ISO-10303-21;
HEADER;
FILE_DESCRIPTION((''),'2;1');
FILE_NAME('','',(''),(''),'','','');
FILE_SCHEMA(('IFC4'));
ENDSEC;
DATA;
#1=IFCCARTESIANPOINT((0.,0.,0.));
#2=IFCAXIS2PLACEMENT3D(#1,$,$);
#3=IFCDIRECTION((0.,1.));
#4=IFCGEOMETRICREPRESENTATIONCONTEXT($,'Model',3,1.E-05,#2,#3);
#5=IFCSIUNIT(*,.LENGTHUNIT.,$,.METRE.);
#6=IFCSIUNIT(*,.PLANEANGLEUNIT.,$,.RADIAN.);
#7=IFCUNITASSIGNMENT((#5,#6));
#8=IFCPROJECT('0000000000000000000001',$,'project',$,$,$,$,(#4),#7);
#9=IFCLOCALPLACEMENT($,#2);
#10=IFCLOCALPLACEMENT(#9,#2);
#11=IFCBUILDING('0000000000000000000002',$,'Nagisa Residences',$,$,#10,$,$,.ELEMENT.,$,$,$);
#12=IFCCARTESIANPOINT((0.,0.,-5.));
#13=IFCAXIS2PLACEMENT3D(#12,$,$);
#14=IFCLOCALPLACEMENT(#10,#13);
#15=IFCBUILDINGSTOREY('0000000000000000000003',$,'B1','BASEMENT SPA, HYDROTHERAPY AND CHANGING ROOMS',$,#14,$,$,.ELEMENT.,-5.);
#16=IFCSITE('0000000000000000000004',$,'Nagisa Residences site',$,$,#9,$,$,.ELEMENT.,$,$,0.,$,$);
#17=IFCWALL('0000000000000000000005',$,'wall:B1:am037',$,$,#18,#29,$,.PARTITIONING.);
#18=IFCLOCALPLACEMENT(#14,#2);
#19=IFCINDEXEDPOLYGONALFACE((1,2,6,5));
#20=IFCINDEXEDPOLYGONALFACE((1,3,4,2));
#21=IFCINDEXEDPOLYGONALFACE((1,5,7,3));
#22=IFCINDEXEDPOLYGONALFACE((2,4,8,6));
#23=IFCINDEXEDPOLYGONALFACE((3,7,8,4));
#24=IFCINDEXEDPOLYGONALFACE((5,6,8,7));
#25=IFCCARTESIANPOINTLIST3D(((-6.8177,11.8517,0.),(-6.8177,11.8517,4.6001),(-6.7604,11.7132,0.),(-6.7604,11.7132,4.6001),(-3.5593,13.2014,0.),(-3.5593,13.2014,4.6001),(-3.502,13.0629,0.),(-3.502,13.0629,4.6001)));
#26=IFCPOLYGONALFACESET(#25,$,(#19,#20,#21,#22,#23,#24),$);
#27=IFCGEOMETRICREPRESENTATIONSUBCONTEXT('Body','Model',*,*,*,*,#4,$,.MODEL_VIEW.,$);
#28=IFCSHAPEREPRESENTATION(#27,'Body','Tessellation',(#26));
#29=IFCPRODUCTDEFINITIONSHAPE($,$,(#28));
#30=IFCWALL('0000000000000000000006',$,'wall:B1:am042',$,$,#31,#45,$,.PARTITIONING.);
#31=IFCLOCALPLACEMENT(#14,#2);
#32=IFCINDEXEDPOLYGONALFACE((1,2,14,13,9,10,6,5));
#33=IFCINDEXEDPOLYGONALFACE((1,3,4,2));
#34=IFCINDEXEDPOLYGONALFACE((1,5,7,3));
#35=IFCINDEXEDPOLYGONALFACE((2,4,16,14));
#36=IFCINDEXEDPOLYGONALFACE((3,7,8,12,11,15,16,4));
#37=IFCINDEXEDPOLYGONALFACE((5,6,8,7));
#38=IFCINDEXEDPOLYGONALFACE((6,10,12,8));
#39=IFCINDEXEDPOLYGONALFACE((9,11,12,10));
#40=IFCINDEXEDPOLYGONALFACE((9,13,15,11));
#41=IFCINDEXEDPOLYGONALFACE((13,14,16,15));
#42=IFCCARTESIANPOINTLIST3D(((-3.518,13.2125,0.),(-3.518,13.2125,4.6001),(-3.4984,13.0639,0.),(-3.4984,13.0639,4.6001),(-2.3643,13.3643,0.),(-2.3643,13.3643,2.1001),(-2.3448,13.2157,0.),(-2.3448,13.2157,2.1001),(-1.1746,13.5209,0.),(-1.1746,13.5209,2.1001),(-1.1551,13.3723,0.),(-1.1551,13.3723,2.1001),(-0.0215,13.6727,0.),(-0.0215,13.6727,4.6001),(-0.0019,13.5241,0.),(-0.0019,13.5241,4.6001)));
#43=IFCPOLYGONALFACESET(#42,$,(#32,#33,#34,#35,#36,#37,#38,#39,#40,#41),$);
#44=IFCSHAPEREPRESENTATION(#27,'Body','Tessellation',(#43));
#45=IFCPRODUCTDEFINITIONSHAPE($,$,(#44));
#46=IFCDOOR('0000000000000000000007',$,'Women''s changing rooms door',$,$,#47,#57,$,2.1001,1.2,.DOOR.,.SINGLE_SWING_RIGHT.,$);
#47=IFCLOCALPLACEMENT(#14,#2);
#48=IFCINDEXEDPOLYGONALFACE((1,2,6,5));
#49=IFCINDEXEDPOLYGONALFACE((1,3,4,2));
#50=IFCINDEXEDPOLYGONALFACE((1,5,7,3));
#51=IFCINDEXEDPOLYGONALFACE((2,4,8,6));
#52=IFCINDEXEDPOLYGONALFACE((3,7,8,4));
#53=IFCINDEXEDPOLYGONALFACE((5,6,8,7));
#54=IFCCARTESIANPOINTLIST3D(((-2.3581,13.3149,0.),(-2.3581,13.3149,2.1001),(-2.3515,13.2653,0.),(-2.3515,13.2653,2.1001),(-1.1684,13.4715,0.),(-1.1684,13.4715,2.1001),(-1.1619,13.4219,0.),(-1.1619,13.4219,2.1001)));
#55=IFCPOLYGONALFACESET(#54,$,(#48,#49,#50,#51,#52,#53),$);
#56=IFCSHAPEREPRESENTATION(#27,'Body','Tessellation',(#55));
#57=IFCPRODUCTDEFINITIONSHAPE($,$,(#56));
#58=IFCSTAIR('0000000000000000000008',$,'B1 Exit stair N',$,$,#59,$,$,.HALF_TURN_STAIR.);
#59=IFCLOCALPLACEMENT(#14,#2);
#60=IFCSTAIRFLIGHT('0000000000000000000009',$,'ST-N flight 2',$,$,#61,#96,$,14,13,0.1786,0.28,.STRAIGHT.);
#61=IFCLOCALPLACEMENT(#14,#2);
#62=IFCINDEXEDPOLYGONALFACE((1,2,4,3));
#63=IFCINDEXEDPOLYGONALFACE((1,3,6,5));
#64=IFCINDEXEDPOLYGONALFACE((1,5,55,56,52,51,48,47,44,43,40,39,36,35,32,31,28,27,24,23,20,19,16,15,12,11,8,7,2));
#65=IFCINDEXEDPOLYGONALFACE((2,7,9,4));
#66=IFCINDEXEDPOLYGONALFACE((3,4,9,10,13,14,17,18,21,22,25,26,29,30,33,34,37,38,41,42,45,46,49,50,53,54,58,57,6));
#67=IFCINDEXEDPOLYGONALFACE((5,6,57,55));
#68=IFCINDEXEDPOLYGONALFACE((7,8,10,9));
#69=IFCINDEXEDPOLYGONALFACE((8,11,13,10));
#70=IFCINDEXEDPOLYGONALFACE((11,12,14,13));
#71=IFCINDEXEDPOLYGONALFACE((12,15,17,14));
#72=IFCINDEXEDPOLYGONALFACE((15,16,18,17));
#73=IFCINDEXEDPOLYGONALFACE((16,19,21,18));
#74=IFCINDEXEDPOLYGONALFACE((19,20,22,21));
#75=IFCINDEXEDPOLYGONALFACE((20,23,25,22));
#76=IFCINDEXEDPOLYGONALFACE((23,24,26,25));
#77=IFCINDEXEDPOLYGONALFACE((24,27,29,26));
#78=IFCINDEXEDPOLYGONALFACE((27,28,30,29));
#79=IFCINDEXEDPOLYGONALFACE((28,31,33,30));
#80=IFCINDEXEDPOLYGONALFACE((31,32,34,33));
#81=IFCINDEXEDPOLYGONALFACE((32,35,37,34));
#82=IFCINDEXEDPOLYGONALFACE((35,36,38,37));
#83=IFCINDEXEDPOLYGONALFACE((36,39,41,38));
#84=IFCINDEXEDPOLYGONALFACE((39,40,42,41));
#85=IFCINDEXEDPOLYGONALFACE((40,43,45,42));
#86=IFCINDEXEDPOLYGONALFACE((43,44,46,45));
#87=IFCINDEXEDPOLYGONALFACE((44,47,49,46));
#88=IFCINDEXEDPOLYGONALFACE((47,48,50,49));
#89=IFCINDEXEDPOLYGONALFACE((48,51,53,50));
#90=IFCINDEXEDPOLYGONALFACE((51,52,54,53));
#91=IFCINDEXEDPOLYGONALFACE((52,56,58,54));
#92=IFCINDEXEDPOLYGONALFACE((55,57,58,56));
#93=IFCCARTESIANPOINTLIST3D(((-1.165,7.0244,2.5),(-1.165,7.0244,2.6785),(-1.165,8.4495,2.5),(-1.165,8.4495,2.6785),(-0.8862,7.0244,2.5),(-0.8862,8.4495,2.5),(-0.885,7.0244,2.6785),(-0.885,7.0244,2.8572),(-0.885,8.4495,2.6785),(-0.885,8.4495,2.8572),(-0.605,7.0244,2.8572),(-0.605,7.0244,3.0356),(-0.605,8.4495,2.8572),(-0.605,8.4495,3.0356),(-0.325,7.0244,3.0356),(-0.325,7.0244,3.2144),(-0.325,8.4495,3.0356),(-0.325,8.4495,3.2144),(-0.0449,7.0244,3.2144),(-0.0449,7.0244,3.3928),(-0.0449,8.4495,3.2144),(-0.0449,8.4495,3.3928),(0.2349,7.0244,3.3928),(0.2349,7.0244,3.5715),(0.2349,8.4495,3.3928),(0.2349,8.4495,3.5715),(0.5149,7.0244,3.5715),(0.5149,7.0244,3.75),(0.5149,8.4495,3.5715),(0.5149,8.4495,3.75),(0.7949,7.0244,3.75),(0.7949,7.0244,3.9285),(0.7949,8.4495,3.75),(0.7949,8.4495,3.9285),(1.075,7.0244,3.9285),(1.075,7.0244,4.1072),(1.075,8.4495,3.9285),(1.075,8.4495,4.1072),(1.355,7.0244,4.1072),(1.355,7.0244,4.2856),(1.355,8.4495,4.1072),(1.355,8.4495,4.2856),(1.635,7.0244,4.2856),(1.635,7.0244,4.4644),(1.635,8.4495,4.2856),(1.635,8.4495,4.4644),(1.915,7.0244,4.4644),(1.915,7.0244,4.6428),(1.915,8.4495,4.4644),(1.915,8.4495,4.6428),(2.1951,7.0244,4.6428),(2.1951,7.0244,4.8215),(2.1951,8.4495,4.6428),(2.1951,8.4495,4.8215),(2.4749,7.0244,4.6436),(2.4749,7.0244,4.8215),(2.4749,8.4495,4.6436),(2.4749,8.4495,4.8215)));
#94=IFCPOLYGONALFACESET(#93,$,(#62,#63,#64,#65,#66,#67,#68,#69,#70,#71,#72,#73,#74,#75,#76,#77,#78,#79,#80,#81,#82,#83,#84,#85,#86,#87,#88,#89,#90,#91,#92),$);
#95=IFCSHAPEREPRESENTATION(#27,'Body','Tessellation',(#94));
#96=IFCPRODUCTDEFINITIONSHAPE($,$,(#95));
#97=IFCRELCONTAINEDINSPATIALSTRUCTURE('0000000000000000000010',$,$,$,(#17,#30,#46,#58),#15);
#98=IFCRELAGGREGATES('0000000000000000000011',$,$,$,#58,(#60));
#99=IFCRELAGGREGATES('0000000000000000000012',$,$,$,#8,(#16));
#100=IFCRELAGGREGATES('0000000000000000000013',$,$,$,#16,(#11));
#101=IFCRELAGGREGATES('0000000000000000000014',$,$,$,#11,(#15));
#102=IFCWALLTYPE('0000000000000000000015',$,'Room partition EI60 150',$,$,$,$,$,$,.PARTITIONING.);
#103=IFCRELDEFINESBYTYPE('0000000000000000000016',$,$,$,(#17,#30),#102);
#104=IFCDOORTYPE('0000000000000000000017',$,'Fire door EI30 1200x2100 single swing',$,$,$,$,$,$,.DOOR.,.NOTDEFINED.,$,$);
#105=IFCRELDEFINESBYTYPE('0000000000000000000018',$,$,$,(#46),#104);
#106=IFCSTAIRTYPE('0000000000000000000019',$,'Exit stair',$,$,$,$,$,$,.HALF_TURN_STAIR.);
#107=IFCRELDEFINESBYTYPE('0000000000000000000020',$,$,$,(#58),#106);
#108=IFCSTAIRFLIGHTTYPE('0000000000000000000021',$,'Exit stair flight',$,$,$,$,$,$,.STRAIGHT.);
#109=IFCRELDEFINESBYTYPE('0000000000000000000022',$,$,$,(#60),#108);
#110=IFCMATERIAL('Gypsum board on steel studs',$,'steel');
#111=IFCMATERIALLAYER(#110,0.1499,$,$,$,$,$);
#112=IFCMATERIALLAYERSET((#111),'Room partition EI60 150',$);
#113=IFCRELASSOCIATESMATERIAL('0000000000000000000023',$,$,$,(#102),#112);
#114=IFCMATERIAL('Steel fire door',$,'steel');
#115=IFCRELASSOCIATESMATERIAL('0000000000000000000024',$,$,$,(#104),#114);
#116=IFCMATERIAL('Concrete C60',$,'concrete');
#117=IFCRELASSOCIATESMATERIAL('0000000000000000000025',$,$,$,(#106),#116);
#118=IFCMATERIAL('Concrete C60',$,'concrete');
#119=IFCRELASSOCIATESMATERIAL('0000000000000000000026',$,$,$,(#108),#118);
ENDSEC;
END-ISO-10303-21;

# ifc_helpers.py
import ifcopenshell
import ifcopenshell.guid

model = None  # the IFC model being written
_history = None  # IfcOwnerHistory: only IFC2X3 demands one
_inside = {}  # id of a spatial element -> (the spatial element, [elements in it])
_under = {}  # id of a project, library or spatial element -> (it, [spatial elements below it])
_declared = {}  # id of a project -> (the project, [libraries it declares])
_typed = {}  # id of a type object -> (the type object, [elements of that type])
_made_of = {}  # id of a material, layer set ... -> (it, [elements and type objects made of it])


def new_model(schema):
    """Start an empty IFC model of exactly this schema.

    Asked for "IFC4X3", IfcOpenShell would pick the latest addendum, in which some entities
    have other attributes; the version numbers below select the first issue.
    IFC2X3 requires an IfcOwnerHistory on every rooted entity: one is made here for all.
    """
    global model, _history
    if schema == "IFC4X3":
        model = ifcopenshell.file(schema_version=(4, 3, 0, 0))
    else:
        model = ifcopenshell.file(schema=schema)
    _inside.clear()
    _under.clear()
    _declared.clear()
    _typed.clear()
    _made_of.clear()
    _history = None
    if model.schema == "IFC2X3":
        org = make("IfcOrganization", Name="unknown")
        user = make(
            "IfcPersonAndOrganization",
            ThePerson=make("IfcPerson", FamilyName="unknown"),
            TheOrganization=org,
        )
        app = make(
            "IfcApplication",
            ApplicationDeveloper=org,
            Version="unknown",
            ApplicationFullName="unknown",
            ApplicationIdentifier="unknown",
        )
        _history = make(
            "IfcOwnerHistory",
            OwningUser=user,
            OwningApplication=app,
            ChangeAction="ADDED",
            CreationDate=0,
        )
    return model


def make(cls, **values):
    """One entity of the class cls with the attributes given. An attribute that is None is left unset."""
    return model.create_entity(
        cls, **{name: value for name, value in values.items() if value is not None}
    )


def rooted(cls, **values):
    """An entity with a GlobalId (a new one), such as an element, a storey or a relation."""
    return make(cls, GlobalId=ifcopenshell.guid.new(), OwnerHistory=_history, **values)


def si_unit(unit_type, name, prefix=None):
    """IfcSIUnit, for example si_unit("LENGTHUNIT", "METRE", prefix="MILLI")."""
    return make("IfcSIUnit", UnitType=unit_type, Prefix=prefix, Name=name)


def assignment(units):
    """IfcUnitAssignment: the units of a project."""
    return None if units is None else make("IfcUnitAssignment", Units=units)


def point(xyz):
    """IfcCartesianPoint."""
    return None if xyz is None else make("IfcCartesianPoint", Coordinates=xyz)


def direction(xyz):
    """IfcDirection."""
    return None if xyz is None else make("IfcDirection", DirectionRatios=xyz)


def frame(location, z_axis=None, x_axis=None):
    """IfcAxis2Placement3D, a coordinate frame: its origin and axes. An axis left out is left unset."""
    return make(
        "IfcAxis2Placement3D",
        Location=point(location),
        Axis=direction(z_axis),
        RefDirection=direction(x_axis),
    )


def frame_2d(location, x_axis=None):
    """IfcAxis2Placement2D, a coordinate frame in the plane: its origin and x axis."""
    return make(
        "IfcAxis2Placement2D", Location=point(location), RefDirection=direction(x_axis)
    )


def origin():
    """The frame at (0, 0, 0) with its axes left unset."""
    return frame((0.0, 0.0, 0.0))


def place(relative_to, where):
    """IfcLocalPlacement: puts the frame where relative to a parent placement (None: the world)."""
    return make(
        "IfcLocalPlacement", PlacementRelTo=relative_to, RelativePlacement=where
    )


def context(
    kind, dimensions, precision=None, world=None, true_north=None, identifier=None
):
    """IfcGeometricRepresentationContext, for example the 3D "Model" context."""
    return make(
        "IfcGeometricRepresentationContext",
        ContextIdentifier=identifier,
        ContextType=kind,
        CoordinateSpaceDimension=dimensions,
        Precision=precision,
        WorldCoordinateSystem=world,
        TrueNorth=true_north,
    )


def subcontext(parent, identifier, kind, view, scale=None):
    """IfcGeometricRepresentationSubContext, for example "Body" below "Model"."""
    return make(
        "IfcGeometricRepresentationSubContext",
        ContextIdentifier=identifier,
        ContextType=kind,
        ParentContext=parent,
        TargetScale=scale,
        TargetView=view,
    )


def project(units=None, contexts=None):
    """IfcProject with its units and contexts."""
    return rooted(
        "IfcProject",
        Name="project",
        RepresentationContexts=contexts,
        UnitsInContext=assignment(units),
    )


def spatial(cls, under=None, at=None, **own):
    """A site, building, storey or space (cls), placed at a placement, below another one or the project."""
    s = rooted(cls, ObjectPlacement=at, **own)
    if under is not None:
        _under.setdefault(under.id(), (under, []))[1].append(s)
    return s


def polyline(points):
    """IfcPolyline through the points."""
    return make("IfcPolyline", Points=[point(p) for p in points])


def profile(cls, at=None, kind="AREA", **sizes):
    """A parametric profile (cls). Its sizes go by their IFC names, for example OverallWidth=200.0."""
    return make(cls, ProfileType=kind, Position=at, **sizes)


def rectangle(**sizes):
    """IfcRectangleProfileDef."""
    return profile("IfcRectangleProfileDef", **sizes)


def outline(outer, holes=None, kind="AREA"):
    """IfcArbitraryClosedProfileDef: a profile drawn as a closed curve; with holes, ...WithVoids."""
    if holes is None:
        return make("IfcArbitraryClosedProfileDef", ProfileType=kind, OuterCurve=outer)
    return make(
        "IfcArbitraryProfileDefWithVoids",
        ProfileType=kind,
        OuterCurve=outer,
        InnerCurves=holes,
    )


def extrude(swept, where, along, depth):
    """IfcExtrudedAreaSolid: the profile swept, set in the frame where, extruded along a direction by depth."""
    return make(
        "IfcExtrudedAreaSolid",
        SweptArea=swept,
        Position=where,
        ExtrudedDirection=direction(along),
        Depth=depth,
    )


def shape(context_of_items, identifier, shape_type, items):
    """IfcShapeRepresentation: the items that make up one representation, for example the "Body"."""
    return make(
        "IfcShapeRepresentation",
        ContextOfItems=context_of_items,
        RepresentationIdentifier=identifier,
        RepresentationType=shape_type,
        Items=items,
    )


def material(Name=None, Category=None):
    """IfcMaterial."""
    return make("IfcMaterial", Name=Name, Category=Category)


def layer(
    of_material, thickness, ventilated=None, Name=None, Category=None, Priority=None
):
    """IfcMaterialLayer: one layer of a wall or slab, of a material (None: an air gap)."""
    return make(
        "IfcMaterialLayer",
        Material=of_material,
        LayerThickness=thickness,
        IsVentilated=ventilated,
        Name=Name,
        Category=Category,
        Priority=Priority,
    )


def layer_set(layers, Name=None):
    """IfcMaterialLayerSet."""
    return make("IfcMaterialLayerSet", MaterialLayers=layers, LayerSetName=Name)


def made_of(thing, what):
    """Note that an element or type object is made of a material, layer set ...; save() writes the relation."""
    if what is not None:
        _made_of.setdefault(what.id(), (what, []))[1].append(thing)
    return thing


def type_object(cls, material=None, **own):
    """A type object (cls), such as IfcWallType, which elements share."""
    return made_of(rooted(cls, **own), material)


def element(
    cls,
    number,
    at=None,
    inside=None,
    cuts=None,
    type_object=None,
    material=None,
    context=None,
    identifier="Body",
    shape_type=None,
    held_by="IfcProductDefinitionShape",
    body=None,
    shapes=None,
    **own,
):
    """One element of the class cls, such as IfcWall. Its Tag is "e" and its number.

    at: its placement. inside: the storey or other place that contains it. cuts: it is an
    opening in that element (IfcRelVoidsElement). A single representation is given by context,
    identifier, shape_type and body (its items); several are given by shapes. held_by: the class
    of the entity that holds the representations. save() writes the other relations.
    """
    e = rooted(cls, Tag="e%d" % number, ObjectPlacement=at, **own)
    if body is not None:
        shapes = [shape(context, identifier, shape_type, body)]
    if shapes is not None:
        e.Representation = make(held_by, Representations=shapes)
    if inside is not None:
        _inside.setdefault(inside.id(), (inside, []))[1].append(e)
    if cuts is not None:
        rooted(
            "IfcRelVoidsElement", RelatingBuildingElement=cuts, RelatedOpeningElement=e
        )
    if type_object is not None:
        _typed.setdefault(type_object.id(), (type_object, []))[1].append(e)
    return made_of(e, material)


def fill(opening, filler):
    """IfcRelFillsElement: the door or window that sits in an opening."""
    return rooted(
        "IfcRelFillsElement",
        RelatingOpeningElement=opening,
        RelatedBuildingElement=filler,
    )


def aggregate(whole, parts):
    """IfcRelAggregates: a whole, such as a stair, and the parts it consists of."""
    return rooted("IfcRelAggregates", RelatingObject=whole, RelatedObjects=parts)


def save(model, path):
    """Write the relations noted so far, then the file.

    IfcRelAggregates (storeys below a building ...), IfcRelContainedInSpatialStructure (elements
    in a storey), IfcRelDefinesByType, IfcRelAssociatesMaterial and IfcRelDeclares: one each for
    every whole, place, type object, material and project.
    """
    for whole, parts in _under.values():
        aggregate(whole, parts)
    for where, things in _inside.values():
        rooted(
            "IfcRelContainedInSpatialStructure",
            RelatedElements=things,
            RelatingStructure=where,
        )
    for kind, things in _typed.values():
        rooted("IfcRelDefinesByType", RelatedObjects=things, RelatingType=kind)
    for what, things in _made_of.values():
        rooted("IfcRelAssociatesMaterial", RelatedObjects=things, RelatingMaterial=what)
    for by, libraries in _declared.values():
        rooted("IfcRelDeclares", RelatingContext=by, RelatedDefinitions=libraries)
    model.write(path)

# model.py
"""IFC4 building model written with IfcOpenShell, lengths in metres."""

from ifc_helpers import new_model, si_unit, direction, frame, frame_2d, origin, place, context, subcontext, project, spatial, polyline, rectangle, outline, extrude, material, layer, layer_set, type_object, element, fill, aggregate, save


model = new_model("IFC4")

# Units and contexts
model_context = context("Model", 3, precision=1e-05, world=origin(), true_north=direction((0.0, 1.0)))
body_context = subcontext(model_context, "Body", "Model", "MODEL_VIEW")
ifc_project = project(units=[si_unit("LENGTHUNIT", "METRE"), si_unit("PLANEANGLEUNIT", "RADIAN")], contexts=[model_context])

# Site, building, storey
site_placement = place(None, origin())
site = spatial("IfcSite", under=ifc_project, at=site_placement, Name="Nagisa Residences site", CompositionType="ELEMENT", RefElevation=0.0)
building_placement = place(site_placement, origin())
building = spatial("IfcBuilding", under=site, at=building_placement, Name="Nagisa Residences", CompositionType="ELEMENT")
storey_placement = place(building_placement, frame((0.0, 0.0, -5.0)))
storey = spatial("IfcBuildingStorey", under=building, at=storey_placement, Name="B1", Description="BASEMENT SPA, HYDROTHERAPY AND CHANGING ROOMS", CompositionType="ELEMENT", Elevation=-5.0)

# Wall
ifc_material_1 = material(Name="Gypsum board on steel studs", Category="steel")
ifc_layer_1 = layer(ifc_material_1, 0.1499)
ifc_layer_set_1 = layer_set([ifc_layer_1], Name="Room partition EI60 150")
wall_type_1 = type_object("IfcWallType", Name="Room partition EI60 150", PredefinedType="PARTITIONING", material=ifc_layer_set_1)
wall_1_placement = place(storey_placement, frame((-6.7891, 11.7825, 0.0), z_axis=(0.0, 0.0, 1.0), x_axis=(0.923882, 0.382678, 0.0)))
element("IfcWall", 1, at=wall_1_placement, inside=storey, type_object=wall_type_1, Name="wall:B1:am037", PredefinedType="PARTITIONING", context=body_context, shape_type="SweptSolid", body=[
    extrude(rectangle(XDim=3.5269, YDim=0.1499, at=frame_2d((1.7634, 0.0))), origin(), (0.0, 0.0, 1.0), 4.6001),
])

# Wall, opening, door
wall_2_placement = place(storey_placement, frame((-3.5081, 13.1382, 0.0), z_axis=(0.0, 0.0, 1.0), x_axis=(0.991448, 0.130499, 0.0)))
wall_2 = element("IfcWall", 2, at=wall_2_placement, inside=storey, type_object=wall_type_1, Name="wall:B1:am042", PredefinedType="PARTITIONING", context=body_context, shape_type="SweptSolid", body=[
    extrude(rectangle(XDim=3.5266, YDim=0.1499, at=frame_2d((1.7632, 0.0))), origin(), (0.0, 0.0, 1.0), 4.6001),
])
opening_1_placement = place(wall_2_placement, frame((1.1633, 0.0, 0.0)))
opening_1 = element("IfcOpeningElement", 3, at=opening_1_placement, cuts=wall_2, PredefinedType="OPENING", context=body_context, shape_type="SweptSolid", body=[
    extrude(rectangle(XDim=1.2, YDim=2.1001, at=frame_2d((0.6001, 1.05))), frame((0.0, 0.085, 0.0), z_axis=(0.0, -1.0, 0.0), x_axis=(1.0, 0.0, 0.0)), (0.0, 0.0, 1.0), 0.1699),
])
ifc_material_2 = material(Name="Steel fire door", Category="steel")
door_type_1 = type_object("IfcDoorType", Name="Fire door EI30 1200x2100 single swing", OperationType="NOTDEFINED", PredefinedType="DOOR", material=ifc_material_2)
door_1_placement = place(opening_1_placement, frame((1.2, 0.0, 0.0), x_axis=(-1.0, 0.0, 0.0)))
door_1 = element("IfcDoor", 4, at=door_1_placement, inside=storey, type_object=door_type_1, Name="Women's changing rooms door", OperationType="SINGLE_SWING_RIGHT", OverallHeight=2.1001, OverallWidth=1.2, PredefinedType="DOOR", context=body_context, shape_type="SweptSolid", body=[
    extrude(rectangle(XDim=1.2, YDim=2.1001, at=frame_2d((0.6001, 1.05))), frame((0.0, 0.0249, 0.0), z_axis=(0.0, -1.0, 0.0), x_axis=(1.0, 0.0, 0.0)), (0.0, 0.0, 1.0), 0.05),
])
fill(opening_1, door_1)

# Stair, stair flight
ifc_material_3 = material(Name="Concrete C60", Category="concrete")
stair_type = type_object("IfcStairType", Name="Exit stair", PredefinedType="HALF_TURN_STAIR", material=ifc_material_3)
stair_placement = place(storey_placement, origin())
stair = element("IfcStair", 5, at=stair_placement, inside=storey, type_object=stair_type, Name="B1 Exit stair N", PredefinedType="HALF_TURN_STAIR")
ifc_material_4 = material(Name="Concrete C60", Category="concrete")
stair_flight_type = type_object("IfcStairFlightType", Name="Exit stair flight", PredefinedType="STRAIGHT", material=ifc_material_4)
stair_flight_placement = place(storey_placement, frame((-1.165, 7.7371, 2.5), z_axis=(0.0, 0.0, 1.0), x_axis=(1.0, 0.0, 0.0)))
stair_flight = element("IfcStairFlight", 6, at=stair_flight_placement, type_object=stair_flight_type, Name="ST-N flight 2", NumberOfRisers=14, NumberOfTreads=13, PredefinedType="STRAIGHT", RiserHeight=0.1786, TreadLength=0.28, context=body_context, shape_type="SweptSolid", body=[
    extrude(outline(polyline([(0.0, 0.0), (0.0, 0.1785), (0.28, 0.1785), (0.28, 0.3572), (0.5601, 0.3572), (0.5601, 0.5356), (0.8401, 0.5356), (0.8401, 0.7144), (1.1201, 0.7144), (1.1201, 0.8928), (1.3999, 0.8928), (1.3999, 1.0715), (1.6799, 1.0715), (1.6799, 1.25), (1.96, 1.25), (1.96, 1.4285), (2.24, 1.4285), (2.24, 1.6072), (2.52, 1.6072), (2.52, 1.7856), (2.8, 1.7856), (2.8, 1.9644), (3.0801, 1.9644), (3.0801, 2.1428), (3.3601, 2.1428), (3.3601, 2.3215), (3.6399, 2.3215), (3.6399, 2.5), (3.6399, 2.1436), (0.2788, 0.0), (0.0, 0.0)])), frame((0.0, 0.7124, 0.0), z_axis=(0.0, -1.0, 0.0), x_axis=(1.0, 0.0, 0.0)), (0.0, 0.0, 1.0), 1.425),
])
aggregate(stair, [stair_flight])

save(model, "model.ifc")
